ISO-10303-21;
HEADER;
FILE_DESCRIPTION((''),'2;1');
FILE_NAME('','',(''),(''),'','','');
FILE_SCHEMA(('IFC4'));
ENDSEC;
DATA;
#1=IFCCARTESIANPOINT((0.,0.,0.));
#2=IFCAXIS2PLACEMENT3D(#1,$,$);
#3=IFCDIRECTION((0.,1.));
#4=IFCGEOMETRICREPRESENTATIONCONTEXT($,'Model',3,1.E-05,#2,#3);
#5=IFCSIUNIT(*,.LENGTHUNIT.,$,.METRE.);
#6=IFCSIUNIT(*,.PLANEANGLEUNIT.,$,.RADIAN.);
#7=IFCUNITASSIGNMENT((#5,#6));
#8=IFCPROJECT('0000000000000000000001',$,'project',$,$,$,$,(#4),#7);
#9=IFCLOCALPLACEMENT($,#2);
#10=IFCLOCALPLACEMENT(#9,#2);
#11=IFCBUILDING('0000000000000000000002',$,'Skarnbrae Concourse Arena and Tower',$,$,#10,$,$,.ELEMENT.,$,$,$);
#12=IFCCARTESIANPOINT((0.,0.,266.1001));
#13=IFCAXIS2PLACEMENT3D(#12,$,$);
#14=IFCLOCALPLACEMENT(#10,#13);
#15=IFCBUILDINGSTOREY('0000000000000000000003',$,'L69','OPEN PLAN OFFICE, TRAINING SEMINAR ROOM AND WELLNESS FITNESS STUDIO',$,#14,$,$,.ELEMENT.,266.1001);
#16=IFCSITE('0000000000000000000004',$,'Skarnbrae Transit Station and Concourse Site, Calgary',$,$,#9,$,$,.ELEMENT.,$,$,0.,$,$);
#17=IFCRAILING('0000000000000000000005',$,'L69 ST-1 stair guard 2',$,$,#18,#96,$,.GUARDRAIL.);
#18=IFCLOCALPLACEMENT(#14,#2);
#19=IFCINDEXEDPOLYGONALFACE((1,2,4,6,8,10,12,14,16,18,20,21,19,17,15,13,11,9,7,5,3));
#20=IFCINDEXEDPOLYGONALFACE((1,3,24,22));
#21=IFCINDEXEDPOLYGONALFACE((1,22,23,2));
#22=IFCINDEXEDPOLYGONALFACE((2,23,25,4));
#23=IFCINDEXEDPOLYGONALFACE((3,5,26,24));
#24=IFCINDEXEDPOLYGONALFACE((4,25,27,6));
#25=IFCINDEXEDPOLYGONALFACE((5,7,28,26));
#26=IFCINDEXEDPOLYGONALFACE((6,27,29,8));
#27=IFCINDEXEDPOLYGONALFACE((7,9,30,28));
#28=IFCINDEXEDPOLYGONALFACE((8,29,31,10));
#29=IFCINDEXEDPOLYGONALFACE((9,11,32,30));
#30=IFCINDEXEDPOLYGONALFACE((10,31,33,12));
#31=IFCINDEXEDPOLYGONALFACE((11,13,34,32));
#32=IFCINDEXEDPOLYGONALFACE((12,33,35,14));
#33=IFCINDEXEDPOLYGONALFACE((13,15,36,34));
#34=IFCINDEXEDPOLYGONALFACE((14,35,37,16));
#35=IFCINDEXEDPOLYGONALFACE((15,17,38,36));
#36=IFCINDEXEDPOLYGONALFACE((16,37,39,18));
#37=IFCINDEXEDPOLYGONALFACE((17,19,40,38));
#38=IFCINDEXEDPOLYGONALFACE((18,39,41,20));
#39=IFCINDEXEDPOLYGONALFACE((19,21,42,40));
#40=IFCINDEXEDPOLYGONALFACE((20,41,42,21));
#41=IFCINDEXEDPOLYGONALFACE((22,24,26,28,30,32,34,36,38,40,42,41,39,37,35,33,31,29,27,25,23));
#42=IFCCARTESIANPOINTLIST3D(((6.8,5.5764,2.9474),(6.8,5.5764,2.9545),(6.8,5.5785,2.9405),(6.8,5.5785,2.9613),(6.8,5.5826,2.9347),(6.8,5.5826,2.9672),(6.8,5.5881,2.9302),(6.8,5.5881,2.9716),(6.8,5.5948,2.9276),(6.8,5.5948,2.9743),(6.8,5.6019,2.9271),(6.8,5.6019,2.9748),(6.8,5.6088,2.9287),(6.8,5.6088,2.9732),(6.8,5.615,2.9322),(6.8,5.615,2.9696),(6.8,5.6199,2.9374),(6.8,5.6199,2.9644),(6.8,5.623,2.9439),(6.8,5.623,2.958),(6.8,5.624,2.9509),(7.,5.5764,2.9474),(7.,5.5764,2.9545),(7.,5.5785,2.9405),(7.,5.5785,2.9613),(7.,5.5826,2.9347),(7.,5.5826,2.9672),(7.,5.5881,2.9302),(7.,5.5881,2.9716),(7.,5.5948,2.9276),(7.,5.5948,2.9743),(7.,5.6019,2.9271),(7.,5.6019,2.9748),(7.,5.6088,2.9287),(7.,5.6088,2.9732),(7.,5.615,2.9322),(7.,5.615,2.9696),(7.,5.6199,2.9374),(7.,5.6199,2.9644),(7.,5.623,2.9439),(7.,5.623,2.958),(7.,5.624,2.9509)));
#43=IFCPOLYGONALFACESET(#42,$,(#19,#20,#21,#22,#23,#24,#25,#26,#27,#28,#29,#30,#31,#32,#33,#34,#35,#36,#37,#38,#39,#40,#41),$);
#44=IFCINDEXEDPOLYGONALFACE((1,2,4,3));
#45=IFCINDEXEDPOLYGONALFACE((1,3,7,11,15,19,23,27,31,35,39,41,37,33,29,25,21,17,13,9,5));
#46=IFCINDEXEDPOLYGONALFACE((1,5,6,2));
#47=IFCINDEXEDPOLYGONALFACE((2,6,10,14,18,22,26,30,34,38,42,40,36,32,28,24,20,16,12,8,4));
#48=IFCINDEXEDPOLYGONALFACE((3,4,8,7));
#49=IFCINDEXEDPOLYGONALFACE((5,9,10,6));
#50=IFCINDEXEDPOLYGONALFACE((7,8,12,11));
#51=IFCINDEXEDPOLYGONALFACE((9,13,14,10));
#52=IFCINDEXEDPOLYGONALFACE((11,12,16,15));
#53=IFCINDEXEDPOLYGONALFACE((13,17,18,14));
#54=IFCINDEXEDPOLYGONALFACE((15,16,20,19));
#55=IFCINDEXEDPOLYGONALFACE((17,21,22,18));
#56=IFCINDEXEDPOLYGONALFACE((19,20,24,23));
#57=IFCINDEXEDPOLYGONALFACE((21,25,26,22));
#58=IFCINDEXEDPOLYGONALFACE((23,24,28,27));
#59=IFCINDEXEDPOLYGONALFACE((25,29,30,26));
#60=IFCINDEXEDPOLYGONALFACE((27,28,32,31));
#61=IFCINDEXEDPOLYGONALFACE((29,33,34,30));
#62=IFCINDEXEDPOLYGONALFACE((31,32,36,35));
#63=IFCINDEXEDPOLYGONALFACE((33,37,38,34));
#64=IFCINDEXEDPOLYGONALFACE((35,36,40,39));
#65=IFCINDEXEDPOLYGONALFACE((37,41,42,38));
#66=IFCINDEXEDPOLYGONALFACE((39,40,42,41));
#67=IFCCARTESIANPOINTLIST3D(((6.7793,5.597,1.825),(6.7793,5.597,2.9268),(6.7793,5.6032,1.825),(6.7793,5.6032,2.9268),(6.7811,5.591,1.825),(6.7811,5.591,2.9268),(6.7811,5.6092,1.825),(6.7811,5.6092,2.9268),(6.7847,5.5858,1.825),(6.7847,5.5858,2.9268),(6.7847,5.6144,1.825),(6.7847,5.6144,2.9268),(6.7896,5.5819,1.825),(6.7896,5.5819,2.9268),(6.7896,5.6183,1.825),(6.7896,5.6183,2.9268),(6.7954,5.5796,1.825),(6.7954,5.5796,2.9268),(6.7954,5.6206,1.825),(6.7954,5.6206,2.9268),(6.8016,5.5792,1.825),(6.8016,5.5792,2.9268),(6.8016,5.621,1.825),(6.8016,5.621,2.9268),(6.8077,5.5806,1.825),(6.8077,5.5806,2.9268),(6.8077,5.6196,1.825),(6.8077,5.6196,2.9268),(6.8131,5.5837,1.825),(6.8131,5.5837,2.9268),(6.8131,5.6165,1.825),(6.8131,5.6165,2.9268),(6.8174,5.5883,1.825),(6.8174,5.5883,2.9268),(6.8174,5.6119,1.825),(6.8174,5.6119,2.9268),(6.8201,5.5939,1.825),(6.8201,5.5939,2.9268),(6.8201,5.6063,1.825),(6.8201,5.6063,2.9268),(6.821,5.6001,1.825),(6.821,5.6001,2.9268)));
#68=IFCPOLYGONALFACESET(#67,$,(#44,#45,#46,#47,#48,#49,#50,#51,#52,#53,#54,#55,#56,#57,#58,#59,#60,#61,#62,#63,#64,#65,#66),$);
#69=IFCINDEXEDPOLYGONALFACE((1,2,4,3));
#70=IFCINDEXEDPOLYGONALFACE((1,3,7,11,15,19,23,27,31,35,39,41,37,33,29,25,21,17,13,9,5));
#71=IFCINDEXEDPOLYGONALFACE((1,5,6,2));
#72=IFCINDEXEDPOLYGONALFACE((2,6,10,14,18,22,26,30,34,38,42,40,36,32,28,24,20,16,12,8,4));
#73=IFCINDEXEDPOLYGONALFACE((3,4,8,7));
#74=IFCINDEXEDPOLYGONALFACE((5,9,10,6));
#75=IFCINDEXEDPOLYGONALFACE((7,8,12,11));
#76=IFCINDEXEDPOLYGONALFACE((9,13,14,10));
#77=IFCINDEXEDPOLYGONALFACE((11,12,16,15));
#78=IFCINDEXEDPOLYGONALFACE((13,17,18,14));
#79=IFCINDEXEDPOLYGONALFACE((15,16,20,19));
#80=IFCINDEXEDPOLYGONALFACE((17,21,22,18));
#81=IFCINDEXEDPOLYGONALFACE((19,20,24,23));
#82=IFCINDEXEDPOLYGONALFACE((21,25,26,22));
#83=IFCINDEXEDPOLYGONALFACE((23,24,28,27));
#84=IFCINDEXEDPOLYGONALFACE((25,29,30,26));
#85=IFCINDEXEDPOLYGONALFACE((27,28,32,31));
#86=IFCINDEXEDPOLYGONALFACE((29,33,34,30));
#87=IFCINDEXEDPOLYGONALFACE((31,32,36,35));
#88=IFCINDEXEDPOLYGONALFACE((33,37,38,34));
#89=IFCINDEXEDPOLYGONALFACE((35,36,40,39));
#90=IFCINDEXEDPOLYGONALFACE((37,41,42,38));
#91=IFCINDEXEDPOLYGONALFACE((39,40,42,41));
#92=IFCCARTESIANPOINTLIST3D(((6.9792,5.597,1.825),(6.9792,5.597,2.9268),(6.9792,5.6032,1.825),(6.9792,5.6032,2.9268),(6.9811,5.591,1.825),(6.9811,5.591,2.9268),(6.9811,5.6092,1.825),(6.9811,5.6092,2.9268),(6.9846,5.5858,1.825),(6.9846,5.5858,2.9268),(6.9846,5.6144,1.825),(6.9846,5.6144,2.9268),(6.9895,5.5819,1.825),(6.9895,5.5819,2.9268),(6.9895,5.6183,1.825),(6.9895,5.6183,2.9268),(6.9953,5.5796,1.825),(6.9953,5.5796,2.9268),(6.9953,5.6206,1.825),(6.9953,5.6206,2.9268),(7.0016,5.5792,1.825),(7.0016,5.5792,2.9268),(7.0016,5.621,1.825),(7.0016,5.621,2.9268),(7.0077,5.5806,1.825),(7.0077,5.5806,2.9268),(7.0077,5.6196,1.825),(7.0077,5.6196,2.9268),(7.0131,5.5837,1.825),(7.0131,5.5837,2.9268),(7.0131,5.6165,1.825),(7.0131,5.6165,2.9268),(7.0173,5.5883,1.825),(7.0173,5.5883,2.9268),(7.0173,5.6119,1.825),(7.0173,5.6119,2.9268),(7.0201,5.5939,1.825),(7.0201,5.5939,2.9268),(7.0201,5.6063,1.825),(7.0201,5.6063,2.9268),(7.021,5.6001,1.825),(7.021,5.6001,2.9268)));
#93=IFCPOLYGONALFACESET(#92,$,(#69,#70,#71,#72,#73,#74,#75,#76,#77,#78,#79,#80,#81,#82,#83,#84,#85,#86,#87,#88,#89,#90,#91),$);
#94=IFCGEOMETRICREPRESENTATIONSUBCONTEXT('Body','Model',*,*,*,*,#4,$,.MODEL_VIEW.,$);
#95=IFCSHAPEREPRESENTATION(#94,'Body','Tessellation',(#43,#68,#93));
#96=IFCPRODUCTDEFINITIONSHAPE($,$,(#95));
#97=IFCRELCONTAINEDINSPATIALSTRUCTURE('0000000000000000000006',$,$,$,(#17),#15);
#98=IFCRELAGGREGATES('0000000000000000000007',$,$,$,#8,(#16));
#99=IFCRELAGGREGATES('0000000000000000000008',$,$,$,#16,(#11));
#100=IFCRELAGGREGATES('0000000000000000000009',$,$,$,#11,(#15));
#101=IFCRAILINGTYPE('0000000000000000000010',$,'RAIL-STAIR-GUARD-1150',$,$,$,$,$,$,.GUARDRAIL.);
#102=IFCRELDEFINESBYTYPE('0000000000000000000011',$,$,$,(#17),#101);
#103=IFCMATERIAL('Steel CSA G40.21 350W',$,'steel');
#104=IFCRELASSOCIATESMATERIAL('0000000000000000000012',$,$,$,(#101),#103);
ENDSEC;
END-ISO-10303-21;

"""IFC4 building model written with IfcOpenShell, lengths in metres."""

from ifc_helpers import new_model, si_unit, direction, frame, origin, origin_2d, place, context, subcontext, project, spatial, circle, extrude, material, type_object, element, save


model = new_model("IFC4")

# Units and contexts
model_context = context("Model", 3, precision=1e-05, world=origin(), true_north=direction((0.0, 1.0)))
body_context = subcontext(model_context, "Body", "Model", "MODEL_VIEW")
ifc_project = project(units=[si_unit("LENGTHUNIT", "METRE"), si_unit("PLANEANGLEUNIT", "RADIAN")], contexts=[model_context])

# Site, building, storey
site_placement = place(None, origin())
site = spatial("IfcSite", under=ifc_project, at=site_placement, Name="Skarnbrae Transit Station and Concourse Site, Calgary", CompositionType="ELEMENT", RefElevation=0.0)
building_placement = place(site_placement, origin())
building = spatial("IfcBuilding", under=site, at=building_placement, Name="Skarnbrae Concourse Arena and Tower", CompositionType="ELEMENT")
storey_placement = place(building_placement, frame((0.0, 0.0, 266.1001)))
storey = spatial("IfcBuildingStorey", under=building, at=storey_placement, Name="L69", Description="OPEN PLAN OFFICE, TRAINING SEMINAR ROOM AND WELLNESS FITNESS STUDIO", CompositionType="ELEMENT", Elevation=266.1001)

# Shared definitions
ifc_material_1 = material(Name="Steel CSA G40.21 350W", Category="steel")

# Railing
railing_type_1 = type_object("IfcRailingType", Name="RAIL-STAIR-GUARD-1150", PredefinedType="GUARDRAIL", material=ifc_material_1)
railing_1_placement = place(storey_placement, frame((6.8, 5.6001, 1.825)))
element("IfcRailing", 1, at=railing_1_placement, inside=storey, type_object=railing_type_1, Name="L69 ST-1 stair guard 2", PredefinedType="GUARDRAIL", context=body_context, shape_type="SweptSolid", body=[
    extrude(circle(Radius=0.0239, at=origin_2d()), frame((0.0, 0.0, 1.126), z_axis=(1.0, 0.0, 0.0), x_axis=(0.0, 1.0, 0.0)), (0.0, 0.0, 1.0), 0.2),
    extrude(circle(Radius=0.021, at=origin_2d()), origin(), (0.0, 0.0, 1.0), 1.1018),
    extrude(circle(Radius=0.021, at=origin_2d()), frame((0.2, 0.0, 0.0)), (0.0, 0.0, 1.0), 1.1018),
])

save(model, "model.ifc")
